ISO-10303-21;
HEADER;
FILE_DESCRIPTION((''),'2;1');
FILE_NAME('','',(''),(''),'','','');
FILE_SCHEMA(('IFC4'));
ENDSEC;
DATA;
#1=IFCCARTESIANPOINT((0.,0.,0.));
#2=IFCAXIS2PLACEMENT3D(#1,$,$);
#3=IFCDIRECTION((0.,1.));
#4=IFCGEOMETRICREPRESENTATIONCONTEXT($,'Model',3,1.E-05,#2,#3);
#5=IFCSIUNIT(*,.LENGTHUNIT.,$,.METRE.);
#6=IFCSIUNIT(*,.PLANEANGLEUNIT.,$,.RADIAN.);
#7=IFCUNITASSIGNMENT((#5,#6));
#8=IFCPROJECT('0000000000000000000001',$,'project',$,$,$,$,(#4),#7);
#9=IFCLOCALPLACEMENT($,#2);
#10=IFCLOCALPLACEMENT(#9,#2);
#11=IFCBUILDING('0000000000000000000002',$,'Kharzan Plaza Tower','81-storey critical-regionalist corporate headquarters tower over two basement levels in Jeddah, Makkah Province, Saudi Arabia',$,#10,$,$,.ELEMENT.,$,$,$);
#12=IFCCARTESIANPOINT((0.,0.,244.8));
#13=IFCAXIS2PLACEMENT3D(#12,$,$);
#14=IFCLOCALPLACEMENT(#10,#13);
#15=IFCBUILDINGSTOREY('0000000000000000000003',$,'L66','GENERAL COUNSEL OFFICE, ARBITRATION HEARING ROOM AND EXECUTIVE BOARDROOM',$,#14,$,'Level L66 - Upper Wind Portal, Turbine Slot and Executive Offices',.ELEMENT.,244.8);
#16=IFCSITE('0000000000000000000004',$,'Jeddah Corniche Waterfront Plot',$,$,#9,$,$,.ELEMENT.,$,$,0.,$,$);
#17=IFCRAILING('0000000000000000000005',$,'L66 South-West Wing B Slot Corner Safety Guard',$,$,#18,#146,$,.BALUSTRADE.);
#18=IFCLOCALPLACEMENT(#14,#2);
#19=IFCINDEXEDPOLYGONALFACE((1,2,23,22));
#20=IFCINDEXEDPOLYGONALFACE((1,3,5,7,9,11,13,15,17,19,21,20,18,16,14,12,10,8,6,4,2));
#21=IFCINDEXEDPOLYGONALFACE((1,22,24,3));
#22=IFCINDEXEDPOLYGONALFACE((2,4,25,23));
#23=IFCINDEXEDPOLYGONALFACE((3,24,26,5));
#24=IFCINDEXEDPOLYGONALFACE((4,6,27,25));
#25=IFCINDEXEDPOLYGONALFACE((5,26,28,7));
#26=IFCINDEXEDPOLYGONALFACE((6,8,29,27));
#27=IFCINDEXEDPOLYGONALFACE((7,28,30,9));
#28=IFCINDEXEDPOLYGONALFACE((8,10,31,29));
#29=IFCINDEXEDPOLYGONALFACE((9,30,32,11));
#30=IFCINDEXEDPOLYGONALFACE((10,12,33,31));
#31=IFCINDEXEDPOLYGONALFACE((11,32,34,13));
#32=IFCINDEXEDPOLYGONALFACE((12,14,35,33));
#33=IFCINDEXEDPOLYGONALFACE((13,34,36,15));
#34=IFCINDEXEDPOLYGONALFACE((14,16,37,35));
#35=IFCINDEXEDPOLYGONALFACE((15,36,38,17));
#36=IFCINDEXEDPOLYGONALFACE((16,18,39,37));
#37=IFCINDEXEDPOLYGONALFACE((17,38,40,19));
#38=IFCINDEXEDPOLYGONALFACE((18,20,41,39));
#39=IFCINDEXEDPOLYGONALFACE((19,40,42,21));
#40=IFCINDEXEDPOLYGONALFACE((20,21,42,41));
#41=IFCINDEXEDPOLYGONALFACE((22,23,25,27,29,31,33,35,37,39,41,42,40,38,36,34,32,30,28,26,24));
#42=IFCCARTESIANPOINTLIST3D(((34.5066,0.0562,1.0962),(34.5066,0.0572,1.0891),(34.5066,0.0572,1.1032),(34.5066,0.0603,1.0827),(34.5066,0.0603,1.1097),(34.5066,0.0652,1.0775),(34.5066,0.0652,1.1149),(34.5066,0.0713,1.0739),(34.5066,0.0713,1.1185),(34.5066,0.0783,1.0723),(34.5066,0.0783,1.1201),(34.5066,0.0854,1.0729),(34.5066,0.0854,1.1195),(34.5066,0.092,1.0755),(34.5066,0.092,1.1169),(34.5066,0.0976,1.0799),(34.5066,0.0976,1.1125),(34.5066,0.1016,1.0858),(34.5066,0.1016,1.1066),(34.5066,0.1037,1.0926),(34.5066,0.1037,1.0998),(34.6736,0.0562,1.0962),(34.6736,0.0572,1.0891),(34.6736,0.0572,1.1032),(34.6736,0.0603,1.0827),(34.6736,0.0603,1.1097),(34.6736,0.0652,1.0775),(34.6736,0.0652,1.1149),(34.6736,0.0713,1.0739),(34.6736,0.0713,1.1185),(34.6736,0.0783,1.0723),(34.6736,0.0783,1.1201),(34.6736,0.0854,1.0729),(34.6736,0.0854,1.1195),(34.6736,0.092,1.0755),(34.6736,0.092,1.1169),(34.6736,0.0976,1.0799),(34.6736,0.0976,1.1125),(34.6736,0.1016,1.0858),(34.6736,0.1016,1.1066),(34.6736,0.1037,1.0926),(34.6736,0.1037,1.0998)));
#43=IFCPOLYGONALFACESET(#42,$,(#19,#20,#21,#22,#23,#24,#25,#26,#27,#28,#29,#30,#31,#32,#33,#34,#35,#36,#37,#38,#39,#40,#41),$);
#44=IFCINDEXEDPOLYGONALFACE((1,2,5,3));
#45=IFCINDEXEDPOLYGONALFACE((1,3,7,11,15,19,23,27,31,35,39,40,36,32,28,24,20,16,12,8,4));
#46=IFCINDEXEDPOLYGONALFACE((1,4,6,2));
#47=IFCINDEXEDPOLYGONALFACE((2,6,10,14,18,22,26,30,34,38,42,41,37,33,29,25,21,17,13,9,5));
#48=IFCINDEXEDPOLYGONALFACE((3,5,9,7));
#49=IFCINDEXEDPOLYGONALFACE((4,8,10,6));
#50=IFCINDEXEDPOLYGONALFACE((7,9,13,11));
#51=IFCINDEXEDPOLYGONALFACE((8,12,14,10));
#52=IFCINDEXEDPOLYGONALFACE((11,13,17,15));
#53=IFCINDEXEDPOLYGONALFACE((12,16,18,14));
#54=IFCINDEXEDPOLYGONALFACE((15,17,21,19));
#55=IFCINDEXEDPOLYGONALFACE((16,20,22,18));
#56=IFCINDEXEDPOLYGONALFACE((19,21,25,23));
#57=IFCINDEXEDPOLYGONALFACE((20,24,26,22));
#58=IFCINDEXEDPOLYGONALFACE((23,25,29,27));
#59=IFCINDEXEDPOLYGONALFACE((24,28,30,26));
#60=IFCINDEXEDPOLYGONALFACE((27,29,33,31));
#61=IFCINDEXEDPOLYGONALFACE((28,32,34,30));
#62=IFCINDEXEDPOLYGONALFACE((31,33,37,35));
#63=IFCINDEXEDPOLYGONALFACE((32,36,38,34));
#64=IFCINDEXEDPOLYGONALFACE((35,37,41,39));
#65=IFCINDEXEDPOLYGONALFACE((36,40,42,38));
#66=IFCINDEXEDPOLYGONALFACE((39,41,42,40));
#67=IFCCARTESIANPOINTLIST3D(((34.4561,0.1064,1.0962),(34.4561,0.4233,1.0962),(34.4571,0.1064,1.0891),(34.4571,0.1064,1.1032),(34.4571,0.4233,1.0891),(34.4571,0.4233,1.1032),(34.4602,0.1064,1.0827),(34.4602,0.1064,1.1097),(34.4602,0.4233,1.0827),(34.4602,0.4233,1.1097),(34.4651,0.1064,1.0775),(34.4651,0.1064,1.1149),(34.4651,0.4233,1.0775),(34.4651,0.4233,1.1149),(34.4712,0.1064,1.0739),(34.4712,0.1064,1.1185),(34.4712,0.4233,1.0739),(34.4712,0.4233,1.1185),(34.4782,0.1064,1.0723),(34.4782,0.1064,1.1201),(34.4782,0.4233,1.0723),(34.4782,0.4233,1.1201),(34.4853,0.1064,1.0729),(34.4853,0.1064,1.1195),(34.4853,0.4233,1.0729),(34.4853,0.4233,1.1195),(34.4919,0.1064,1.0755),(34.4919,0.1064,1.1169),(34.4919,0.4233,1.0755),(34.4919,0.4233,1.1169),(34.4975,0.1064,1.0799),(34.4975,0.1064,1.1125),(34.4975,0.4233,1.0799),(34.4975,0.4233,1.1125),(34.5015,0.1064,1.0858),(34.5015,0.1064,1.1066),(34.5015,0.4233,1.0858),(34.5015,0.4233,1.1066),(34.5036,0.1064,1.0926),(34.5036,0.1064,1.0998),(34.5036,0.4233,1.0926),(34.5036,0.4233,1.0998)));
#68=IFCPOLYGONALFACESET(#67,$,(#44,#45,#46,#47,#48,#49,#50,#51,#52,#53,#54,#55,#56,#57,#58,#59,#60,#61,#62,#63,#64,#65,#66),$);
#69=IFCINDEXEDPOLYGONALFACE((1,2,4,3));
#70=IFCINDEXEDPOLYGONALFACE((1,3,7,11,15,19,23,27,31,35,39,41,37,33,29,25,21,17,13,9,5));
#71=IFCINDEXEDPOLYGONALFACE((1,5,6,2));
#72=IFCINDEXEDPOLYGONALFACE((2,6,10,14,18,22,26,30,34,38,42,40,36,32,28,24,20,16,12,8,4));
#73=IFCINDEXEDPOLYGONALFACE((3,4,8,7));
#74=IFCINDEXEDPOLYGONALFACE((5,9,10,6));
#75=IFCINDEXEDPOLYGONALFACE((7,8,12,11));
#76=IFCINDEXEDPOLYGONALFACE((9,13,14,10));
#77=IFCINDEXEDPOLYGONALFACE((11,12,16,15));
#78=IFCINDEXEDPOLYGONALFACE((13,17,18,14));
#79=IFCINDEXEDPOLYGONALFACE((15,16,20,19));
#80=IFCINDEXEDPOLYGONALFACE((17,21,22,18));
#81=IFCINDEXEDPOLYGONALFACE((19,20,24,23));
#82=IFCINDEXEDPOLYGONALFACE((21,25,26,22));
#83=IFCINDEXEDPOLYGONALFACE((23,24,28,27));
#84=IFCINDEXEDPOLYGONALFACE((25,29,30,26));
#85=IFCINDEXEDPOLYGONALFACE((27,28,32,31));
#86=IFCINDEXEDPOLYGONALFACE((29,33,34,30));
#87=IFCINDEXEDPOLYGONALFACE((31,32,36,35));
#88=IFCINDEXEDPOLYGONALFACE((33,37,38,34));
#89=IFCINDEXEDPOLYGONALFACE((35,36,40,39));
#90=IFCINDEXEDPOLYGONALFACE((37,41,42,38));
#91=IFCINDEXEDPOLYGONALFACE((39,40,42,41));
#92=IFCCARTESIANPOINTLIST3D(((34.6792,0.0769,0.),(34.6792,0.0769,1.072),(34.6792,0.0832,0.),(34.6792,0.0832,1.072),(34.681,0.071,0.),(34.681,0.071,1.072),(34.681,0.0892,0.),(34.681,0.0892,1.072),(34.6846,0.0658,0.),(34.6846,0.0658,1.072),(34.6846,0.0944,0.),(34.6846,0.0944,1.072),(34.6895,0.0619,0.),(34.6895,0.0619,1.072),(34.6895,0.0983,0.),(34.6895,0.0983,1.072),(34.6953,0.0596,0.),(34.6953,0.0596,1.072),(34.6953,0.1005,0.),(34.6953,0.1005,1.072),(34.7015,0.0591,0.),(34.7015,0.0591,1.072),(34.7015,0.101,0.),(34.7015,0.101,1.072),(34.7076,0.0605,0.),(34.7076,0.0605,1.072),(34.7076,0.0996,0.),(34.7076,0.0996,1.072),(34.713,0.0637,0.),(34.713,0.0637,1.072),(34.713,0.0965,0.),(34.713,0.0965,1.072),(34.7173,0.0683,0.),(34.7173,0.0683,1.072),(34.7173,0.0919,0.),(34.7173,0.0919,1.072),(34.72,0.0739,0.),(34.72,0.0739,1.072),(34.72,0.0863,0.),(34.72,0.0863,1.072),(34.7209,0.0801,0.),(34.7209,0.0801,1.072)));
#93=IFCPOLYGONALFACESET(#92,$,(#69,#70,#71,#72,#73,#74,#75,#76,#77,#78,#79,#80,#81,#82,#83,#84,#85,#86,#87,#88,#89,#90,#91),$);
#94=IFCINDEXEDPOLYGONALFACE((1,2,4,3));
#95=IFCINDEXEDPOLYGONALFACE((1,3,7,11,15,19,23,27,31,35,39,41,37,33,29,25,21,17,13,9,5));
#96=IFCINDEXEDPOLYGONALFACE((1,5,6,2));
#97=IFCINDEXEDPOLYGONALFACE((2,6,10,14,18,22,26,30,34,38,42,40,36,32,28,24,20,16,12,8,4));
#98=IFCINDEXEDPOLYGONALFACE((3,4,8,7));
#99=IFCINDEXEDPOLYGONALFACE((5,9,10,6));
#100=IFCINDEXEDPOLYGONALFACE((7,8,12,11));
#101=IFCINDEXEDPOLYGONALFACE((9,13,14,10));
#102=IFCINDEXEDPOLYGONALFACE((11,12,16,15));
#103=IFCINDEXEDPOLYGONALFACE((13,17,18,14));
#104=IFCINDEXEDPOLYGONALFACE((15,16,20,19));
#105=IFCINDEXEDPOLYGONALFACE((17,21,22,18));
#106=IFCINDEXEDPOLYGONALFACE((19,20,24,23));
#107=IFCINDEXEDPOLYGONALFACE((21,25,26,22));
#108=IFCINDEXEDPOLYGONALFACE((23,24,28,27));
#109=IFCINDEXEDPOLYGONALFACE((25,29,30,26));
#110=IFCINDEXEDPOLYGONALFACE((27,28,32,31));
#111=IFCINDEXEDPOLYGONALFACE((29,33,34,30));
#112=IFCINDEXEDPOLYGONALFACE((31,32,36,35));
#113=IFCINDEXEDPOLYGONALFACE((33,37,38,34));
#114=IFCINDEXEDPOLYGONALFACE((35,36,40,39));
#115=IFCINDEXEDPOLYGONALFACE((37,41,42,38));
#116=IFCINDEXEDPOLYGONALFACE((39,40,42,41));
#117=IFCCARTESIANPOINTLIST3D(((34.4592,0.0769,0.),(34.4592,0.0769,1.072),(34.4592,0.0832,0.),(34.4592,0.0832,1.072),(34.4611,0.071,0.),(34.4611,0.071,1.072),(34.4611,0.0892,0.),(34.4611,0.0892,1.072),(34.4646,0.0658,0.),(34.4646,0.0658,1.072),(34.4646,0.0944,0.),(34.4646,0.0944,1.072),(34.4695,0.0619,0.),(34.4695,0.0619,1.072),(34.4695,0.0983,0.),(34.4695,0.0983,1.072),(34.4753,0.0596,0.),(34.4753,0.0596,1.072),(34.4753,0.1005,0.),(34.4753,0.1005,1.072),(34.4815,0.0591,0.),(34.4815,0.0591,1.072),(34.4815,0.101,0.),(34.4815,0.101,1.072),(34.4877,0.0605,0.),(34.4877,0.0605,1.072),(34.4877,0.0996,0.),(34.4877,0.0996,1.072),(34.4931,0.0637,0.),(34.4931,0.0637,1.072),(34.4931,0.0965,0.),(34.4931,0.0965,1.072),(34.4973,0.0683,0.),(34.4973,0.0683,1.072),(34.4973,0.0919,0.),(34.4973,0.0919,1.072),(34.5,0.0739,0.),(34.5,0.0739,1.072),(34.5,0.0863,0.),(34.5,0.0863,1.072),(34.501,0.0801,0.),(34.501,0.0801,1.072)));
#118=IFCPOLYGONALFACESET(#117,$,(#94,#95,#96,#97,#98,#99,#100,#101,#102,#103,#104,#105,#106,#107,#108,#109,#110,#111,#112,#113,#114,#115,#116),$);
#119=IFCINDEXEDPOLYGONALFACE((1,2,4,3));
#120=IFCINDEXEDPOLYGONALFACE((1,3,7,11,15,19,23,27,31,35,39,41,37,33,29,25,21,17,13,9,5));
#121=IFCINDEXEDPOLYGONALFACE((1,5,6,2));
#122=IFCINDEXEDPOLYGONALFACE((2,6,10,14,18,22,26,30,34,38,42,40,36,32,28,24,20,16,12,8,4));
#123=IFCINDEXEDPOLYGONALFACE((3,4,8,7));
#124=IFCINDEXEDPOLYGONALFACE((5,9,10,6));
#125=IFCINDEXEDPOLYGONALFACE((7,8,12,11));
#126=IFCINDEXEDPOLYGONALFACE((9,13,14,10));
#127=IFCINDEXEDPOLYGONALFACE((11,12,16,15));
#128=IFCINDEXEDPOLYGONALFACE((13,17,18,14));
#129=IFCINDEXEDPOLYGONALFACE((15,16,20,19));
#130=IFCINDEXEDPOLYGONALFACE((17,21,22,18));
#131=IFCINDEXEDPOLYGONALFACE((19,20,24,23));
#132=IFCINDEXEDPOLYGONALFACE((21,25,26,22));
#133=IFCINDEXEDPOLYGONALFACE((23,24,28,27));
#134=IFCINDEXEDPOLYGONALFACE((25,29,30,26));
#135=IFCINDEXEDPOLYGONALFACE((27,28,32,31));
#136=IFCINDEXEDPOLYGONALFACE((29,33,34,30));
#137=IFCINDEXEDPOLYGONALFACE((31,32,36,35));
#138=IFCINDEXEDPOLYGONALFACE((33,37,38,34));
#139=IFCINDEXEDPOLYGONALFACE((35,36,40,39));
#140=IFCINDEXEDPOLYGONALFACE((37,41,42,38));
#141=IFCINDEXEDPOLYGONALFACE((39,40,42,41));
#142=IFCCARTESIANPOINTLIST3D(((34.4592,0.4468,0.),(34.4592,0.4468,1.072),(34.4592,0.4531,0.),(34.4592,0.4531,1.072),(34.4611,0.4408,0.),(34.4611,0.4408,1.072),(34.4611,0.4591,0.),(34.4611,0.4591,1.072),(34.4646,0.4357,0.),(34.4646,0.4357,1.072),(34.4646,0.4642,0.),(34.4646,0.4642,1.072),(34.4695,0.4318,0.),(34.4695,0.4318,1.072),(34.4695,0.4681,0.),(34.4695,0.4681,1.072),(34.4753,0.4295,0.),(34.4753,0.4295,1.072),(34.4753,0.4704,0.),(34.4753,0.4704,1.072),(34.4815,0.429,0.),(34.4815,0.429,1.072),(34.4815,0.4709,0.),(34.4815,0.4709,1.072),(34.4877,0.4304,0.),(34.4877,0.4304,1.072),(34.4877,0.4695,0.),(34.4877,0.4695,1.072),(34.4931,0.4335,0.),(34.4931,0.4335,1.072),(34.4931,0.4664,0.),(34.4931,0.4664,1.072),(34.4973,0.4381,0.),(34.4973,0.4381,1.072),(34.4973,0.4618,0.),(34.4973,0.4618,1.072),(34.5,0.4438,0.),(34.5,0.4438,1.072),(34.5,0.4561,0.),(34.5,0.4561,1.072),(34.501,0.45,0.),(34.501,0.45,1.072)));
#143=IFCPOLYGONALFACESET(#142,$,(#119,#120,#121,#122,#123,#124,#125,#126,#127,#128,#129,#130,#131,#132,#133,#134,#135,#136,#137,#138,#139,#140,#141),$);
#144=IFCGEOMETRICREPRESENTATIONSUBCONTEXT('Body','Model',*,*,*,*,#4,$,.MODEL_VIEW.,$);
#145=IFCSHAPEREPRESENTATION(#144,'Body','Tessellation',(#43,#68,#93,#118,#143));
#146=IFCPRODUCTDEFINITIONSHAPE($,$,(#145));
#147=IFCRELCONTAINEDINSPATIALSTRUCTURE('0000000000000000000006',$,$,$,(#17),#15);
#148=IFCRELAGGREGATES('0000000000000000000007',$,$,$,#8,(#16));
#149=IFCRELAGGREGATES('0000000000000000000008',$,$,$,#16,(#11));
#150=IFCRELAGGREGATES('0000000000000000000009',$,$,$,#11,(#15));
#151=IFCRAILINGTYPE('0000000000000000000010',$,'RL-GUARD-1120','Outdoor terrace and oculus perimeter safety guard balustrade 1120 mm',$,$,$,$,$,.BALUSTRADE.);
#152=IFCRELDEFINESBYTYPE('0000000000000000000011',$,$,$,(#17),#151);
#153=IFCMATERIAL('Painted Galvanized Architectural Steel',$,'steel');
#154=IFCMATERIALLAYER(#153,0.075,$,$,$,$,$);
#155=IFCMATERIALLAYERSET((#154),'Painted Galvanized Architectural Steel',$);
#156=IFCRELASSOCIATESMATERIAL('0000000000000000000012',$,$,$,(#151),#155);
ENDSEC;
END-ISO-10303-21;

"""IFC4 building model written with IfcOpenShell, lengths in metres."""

from ifc_helpers import new_model, si_unit, direction, frame, origin, origin_2d, place, context, subcontext, project, spatial, circle, extrude, source, transform, mapped, material, layer, layer_set, type_object, element, save


model = new_model("IFC4")

# Units and contexts
model_context = context("Model", 3, precision=1e-05, world=origin(), true_north=direction((0.0, 1.0)))
body_context = subcontext(model_context, "Body", "Model", "MODEL_VIEW")
ifc_project = project(units=[si_unit("LENGTHUNIT", "METRE"), si_unit("PLANEANGLEUNIT", "RADIAN")], contexts=[model_context])

# Site, building, storey
site_placement = place(None, origin())
site = spatial("IfcSite", under=ifc_project, at=site_placement, Name="Jeddah Corniche Waterfront Plot", CompositionType="ELEMENT", RefElevation=0.0)
building_placement = place(site_placement, origin())
building = spatial("IfcBuilding", under=site, at=building_placement, Name="Kharzan Plaza Tower", Description="81-storey critical-regionalist corporate headquarters tower over two basement levels in Jeddah, Makkah Province, Saudi Arabia", CompositionType="ELEMENT")
storey_placement = place(building_placement, frame((0.0, 0.0, 244.8)))
storey = spatial("IfcBuildingStorey", under=building, at=storey_placement, Name="L66", Description="GENERAL COUNSEL OFFICE, ARBITRATION HEARING ROOM AND EXECUTIVE BOARDROOM", LongName="Level L66 - Upper Wind Portal, Turbine Slot and Executive Offices", CompositionType="ELEMENT", Elevation=244.8)

# Railing
ifc_material_1 = material(Name="Painted Galvanized Architectural Steel", Category="steel")
ifc_layer_1 = layer(ifc_material_1, 0.075)
ifc_layer_set_1 = layer_set([ifc_layer_1], Name="Painted Galvanized Architectural Steel")
railing_type_1 = type_object("IfcRailingType", Name="RL-GUARD-1120", Description="Outdoor terrace and oculus perimeter safety guard balustrade 1120 mm", PredefinedType="BALUSTRADE", material=ifc_layer_set_1)
shared_shape_1 = source(origin(), body_context, "Body", "SweptSolid", [
    extrude(circle(Radius=0.0239, at=origin_2d()), frame((-0.0264, 0.0, 1.0962), z_axis=(-1.0, 0.0, 0.0), x_axis=(0.0, -1.0, 0.0)), (0.0, 0.0, 1.0), 0.167),
    extrude(circle(Radius=0.0239, at=origin_2d()), frame((-0.22, 0.0264, 1.0962), z_axis=(0.0, 1.0, 0.0), x_axis=(-1.0, 0.0, 0.0)), (0.0, 0.0, 1.0), 0.3169),
    extrude(circle(Radius=0.021, at=origin_2d()), origin(), (0.0, 0.0, 1.0), 1.072),
    extrude(circle(Radius=0.021, at=origin_2d()), frame((-0.22, 0.0, 0.0)), (0.0, 0.0, 1.0), 1.072),
    extrude(circle(Radius=0.021, at=origin_2d()), frame((-0.22, 0.3699, 0.0)), (0.0, 0.0, 1.0), 1.072),
])
railing_1_placement = place(storey_placement, frame((34.7, 0.0801, 0.0)))
element("IfcRailing", 1, at=railing_1_placement, inside=storey, type_object=railing_type_1, Name="L66 South-West Wing B Slot Corner Safety Guard", PredefinedType="BALUSTRADE", context=body_context, shape_type="MappedRepresentation", body=[
    mapped(shared_shape_1, transform((0.0, 0.0, 0.0), x_axis=(1.0, 0.0, 0.0), y_axis=(0.0, 1.0, 0.0), z_axis=(0.0, 0.0, 1.0))),
])

save(model, "model.ifc")
